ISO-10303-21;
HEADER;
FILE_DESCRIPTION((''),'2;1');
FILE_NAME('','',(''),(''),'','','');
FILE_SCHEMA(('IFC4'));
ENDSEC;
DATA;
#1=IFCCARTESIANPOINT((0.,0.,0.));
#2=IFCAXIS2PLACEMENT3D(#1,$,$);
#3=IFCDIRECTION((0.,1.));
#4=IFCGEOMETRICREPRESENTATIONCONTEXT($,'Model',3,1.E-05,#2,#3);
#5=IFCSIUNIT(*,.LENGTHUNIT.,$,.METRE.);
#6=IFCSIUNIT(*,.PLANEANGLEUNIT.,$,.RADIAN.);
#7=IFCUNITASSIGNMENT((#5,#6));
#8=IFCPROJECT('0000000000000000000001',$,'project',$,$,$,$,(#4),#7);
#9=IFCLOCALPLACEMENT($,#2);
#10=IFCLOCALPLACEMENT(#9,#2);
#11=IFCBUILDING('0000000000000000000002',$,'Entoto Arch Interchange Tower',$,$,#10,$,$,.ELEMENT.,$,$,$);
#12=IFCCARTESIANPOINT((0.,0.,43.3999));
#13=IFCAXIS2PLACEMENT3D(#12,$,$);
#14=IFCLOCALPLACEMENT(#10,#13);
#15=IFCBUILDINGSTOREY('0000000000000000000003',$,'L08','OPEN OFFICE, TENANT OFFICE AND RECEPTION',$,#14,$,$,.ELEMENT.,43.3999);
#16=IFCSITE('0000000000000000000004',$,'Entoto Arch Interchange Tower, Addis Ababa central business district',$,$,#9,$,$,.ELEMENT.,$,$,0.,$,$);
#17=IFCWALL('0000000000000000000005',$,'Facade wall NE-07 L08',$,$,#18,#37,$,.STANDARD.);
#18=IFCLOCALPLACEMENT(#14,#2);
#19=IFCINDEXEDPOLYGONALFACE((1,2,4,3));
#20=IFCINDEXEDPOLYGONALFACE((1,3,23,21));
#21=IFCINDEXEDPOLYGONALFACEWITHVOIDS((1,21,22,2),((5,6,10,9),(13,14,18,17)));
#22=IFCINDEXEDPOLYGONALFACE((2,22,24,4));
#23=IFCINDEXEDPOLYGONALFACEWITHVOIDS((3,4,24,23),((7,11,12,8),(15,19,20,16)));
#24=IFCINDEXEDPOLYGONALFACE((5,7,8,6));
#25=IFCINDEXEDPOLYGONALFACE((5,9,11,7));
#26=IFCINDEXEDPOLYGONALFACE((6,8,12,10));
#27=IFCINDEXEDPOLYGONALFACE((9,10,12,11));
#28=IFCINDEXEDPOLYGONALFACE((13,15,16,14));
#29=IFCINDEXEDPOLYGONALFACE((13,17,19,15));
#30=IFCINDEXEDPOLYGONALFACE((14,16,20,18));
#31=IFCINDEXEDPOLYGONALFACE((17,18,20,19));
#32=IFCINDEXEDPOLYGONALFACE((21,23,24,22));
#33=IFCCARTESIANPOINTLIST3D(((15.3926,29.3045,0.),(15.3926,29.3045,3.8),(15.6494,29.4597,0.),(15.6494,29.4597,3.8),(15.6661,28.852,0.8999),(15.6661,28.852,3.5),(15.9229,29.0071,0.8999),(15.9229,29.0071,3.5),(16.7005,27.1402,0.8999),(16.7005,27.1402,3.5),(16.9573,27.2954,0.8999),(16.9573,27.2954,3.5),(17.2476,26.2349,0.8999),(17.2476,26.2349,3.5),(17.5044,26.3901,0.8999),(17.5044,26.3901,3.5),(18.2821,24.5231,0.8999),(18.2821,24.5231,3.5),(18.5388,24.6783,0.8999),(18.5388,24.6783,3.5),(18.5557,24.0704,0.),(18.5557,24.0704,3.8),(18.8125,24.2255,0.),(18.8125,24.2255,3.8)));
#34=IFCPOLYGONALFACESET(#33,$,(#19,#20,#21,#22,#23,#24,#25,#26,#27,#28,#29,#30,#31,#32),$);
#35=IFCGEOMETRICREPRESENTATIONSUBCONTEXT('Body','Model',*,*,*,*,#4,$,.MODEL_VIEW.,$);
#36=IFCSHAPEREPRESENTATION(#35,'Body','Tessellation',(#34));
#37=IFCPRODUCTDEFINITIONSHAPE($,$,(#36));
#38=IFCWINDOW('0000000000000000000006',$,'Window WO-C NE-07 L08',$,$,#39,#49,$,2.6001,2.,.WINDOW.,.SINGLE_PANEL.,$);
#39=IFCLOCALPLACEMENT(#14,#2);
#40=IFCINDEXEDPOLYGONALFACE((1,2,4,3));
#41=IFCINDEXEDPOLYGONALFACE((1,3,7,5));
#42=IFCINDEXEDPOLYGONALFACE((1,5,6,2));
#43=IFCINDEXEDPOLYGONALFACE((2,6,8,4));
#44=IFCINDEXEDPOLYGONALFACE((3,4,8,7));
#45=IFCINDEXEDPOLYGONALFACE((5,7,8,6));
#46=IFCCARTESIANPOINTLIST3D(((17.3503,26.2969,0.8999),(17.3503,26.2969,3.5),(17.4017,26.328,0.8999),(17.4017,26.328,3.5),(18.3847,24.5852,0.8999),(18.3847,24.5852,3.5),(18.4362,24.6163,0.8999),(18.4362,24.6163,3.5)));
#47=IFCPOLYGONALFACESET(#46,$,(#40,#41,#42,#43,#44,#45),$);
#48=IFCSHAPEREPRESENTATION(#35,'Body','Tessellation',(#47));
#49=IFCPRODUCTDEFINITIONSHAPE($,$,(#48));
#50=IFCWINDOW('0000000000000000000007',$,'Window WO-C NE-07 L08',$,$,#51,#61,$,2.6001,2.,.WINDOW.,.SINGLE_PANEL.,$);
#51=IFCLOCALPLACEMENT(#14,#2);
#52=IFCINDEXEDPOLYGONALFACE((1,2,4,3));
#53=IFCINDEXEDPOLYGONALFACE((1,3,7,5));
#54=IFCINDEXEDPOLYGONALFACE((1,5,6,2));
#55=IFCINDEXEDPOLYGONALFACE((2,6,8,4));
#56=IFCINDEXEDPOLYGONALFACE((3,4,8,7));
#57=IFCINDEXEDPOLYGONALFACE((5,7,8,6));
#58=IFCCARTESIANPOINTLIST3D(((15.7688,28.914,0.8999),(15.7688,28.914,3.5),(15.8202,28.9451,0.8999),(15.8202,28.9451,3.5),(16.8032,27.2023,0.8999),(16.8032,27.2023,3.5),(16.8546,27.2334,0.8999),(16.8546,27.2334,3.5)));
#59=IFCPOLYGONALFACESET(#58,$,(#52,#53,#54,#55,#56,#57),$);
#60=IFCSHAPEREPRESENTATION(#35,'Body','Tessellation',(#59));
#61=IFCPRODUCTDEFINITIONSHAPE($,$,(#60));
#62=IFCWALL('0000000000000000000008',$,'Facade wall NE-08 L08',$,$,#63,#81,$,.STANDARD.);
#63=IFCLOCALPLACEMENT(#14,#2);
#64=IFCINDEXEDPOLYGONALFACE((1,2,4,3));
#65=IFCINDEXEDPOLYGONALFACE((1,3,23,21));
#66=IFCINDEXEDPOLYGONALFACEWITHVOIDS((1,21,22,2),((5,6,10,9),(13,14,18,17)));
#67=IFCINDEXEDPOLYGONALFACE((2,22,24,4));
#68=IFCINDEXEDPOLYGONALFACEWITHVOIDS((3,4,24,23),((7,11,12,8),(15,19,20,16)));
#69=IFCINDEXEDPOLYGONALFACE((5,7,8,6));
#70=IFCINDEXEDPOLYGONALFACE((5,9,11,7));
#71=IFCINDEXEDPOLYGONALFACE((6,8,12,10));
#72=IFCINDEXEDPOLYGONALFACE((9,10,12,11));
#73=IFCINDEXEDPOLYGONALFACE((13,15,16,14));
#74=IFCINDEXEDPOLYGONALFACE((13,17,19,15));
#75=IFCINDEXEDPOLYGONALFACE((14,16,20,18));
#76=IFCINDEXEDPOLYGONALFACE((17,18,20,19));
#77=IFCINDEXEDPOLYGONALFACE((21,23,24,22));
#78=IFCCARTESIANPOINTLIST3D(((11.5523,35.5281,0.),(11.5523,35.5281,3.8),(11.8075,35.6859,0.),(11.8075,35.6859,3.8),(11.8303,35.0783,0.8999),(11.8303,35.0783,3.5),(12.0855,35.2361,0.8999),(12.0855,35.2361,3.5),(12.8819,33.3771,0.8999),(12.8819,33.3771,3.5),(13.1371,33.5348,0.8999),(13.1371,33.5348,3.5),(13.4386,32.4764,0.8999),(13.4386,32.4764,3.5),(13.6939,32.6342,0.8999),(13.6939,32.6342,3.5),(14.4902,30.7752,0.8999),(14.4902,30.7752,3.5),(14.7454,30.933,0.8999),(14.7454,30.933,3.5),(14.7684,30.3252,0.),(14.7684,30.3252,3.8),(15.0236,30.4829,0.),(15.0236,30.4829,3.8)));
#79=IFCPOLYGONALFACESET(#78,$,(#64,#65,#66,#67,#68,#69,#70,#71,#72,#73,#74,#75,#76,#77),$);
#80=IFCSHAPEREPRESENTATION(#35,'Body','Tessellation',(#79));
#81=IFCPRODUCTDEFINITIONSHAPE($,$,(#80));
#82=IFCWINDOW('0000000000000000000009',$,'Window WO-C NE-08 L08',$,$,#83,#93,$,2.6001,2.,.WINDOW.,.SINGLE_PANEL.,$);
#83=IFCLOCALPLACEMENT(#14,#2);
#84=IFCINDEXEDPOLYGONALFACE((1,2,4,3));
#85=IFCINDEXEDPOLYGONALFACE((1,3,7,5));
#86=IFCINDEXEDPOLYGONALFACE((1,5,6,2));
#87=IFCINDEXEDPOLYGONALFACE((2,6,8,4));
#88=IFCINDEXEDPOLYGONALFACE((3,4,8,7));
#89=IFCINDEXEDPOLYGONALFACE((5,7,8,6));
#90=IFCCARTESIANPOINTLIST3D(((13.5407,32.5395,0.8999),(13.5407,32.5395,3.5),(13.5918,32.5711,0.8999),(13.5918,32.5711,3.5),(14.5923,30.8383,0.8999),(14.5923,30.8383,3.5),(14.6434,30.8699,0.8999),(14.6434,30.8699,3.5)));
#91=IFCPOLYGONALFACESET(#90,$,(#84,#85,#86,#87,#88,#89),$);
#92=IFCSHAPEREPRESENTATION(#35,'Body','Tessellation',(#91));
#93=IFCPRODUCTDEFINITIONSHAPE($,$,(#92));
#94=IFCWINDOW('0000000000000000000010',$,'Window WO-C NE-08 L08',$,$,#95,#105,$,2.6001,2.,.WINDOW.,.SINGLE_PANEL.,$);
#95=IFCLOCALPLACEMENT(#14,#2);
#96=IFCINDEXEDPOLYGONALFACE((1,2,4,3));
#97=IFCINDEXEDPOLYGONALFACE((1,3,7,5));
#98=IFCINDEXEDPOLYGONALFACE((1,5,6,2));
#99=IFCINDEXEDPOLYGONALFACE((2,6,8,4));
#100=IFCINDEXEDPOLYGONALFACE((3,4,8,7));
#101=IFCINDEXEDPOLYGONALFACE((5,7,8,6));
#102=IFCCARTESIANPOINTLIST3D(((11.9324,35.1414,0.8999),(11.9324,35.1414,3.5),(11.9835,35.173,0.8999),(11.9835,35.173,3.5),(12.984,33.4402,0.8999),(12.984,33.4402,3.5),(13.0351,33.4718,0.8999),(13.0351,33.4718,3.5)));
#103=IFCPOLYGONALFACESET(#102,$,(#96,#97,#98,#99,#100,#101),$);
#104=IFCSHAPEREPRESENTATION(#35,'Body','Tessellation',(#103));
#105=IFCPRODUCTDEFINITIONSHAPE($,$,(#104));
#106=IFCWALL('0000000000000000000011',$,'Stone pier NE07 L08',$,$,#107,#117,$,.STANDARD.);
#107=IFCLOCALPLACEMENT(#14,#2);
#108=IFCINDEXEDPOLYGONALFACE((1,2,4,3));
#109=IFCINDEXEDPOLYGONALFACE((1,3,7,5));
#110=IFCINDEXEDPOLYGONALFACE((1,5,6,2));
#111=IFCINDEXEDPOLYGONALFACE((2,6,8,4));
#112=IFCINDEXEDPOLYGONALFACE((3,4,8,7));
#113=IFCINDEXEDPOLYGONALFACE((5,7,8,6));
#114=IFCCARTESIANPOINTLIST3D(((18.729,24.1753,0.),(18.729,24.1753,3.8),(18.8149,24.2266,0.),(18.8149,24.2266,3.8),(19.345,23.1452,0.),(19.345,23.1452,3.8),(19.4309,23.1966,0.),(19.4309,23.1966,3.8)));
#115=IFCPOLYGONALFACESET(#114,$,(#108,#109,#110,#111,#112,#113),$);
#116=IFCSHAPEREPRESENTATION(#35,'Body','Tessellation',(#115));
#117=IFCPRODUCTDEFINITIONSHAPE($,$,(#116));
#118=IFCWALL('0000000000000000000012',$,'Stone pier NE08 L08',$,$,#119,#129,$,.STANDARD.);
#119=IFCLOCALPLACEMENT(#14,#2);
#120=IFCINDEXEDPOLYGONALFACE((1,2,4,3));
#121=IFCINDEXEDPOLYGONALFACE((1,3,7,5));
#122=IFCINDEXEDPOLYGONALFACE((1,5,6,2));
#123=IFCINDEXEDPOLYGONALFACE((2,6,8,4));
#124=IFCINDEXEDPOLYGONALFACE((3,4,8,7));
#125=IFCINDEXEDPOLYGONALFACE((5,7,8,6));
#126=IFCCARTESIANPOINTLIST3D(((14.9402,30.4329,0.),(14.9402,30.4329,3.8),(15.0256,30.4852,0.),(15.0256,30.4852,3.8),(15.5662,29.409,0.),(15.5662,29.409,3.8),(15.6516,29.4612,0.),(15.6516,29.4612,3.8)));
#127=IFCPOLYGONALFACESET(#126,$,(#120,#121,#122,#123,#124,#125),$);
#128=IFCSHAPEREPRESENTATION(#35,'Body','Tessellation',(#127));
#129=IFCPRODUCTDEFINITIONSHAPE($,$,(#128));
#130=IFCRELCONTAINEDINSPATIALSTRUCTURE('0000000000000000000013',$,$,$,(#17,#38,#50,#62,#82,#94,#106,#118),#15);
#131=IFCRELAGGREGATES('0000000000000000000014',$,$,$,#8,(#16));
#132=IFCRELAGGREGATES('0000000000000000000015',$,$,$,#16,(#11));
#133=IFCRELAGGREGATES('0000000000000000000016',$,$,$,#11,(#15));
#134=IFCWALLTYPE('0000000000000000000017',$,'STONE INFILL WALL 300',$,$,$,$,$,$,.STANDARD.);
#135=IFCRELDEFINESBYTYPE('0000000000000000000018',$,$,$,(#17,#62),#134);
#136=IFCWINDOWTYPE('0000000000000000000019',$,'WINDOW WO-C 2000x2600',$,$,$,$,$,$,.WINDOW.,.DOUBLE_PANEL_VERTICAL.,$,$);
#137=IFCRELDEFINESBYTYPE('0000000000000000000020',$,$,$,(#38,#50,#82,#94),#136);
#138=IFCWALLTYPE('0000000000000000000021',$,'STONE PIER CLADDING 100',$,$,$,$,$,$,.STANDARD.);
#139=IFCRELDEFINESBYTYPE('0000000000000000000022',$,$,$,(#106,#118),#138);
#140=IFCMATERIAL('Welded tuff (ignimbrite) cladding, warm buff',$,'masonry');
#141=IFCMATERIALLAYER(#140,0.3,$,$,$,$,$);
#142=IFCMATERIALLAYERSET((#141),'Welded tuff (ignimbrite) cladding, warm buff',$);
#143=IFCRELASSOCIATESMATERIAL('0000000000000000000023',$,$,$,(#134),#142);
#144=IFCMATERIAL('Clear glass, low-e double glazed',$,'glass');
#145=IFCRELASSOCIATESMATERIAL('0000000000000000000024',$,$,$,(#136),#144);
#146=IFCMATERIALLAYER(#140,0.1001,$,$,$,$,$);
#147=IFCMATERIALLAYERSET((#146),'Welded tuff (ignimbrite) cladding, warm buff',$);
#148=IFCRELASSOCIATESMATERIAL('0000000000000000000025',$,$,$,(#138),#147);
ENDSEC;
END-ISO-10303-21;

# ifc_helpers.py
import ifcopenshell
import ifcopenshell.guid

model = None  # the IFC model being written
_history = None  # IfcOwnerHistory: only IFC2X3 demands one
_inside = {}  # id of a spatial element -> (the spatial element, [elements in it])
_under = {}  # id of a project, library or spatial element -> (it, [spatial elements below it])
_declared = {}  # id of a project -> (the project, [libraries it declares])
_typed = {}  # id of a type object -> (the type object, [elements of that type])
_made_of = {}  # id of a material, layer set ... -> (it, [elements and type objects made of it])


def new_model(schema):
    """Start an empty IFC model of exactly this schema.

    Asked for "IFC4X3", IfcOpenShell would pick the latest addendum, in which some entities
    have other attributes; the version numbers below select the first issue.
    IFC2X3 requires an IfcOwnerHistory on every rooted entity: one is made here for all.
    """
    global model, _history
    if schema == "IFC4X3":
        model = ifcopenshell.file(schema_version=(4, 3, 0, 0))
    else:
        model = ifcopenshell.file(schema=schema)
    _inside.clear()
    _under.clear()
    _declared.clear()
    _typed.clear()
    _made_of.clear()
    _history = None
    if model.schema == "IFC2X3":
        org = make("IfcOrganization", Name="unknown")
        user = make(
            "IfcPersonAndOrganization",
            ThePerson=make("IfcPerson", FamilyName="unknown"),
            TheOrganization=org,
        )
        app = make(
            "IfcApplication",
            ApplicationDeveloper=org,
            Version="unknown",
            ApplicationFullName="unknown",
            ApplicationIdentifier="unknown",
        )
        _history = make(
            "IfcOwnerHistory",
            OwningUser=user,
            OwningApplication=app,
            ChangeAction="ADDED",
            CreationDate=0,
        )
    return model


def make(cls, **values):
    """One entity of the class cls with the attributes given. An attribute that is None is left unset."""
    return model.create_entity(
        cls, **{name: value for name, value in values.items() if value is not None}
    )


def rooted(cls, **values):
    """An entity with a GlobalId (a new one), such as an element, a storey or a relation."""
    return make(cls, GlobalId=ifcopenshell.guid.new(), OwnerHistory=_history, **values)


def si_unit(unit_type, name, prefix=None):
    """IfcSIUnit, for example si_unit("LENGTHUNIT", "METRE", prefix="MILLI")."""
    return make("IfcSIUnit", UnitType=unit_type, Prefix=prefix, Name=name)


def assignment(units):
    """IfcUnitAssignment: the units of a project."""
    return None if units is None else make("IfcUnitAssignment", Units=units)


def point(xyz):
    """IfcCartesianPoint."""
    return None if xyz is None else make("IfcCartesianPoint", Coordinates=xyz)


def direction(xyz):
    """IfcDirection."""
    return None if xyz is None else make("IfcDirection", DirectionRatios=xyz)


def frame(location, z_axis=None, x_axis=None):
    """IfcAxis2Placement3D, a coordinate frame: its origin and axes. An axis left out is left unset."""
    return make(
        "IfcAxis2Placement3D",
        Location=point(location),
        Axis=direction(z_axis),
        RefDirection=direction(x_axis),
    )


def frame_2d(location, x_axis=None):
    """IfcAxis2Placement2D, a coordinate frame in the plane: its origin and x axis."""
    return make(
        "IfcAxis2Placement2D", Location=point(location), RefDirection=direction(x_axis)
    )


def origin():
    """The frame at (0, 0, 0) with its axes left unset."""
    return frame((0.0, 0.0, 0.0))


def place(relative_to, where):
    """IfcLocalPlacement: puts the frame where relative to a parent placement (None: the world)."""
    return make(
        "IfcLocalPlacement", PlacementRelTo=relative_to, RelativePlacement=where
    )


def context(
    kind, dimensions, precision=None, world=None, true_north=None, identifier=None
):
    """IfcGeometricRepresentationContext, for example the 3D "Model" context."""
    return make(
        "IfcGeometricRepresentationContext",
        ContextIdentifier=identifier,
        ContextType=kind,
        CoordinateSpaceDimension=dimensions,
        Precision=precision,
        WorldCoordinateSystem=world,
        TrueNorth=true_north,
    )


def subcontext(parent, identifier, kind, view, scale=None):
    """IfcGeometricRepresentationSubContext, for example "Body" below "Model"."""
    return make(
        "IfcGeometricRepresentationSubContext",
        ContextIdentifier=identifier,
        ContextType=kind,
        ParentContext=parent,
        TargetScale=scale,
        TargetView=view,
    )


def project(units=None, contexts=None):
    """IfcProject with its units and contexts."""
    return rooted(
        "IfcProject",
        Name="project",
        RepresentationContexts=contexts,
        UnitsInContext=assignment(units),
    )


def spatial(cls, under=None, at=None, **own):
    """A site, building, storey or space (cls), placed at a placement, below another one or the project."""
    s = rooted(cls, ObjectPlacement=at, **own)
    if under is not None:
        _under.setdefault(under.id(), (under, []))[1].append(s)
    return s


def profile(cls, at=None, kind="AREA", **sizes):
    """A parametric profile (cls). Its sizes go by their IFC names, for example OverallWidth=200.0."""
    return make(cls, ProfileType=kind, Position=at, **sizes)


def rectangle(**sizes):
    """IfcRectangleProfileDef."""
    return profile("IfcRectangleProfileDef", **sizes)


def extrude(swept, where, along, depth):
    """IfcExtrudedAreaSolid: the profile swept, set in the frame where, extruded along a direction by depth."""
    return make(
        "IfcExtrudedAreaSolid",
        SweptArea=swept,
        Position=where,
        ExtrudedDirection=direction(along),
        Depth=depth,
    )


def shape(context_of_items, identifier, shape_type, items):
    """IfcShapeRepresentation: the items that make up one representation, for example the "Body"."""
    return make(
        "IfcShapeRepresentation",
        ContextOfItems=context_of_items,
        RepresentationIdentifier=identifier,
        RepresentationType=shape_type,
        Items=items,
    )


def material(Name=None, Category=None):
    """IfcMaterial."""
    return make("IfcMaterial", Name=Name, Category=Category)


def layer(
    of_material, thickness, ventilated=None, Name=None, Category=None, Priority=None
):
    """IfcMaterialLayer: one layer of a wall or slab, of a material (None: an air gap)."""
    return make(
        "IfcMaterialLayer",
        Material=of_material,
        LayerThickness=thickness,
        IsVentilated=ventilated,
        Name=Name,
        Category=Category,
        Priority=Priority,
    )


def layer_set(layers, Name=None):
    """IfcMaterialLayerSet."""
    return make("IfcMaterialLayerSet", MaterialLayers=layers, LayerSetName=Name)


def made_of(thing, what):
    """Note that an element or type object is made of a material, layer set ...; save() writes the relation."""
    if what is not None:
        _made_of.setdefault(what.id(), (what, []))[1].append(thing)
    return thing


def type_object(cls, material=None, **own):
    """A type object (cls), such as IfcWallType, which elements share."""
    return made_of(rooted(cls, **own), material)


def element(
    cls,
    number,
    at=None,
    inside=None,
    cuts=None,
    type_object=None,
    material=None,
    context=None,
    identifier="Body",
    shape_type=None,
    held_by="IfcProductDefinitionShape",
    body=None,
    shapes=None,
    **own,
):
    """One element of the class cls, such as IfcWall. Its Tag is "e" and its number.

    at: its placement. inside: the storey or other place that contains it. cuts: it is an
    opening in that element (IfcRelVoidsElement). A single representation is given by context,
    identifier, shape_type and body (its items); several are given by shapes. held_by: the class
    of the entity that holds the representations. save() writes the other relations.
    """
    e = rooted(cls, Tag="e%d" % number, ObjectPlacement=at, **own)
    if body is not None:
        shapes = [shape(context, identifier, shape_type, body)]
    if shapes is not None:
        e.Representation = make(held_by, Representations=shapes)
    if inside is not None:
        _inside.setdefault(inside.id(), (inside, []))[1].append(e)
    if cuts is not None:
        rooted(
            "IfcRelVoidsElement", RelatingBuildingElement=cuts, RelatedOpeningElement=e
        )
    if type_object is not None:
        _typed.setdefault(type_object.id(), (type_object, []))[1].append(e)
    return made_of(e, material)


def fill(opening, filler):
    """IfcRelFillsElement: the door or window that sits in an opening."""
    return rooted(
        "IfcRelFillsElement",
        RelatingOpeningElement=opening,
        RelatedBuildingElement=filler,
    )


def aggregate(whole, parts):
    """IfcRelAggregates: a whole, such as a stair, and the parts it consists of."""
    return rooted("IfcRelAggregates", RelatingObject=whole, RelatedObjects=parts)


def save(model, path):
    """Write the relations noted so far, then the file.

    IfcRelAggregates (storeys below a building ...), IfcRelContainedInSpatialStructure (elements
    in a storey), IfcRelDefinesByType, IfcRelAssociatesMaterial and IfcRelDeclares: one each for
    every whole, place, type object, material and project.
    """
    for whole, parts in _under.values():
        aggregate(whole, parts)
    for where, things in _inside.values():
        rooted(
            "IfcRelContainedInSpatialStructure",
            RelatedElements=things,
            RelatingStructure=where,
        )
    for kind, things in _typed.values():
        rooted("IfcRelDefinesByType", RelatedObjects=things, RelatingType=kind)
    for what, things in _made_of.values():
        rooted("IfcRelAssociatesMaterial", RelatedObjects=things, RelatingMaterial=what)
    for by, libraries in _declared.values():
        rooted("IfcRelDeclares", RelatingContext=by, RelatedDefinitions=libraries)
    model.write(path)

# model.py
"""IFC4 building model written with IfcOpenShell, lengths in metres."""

from ifc_helpers import new_model, si_unit, direction, frame, frame_2d, origin, place, context, subcontext, project, spatial, rectangle, extrude, material, layer, layer_set, type_object, element, fill, save


model = new_model("IFC4")

# Units and contexts
model_context = context("Model", 3, precision=1e-05, world=origin(), true_north=direction((0.0, 1.0)))
body_context = subcontext(model_context, "Body", "Model", "MODEL_VIEW")
ifc_project = project(units=[si_unit("LENGTHUNIT", "METRE"), si_unit("PLANEANGLEUNIT", "RADIAN")], contexts=[model_context])

# Site, building, storey
site_placement = place(None, origin())
site = spatial("IfcSite", under=ifc_project, at=site_placement, Name="Entoto Arch Interchange Tower, Addis Ababa central business district", CompositionType="ELEMENT", RefElevation=0.0)
building_placement = place(site_placement, origin())
building = spatial("IfcBuilding", under=site, at=building_placement, Name="Entoto Arch Interchange Tower", CompositionType="ELEMENT")
storey_placement = place(building_placement, frame((0.0, 0.0, 43.3999)))
storey = spatial("IfcBuildingStorey", under=building, at=storey_placement, Name="L08", Description="OPEN OFFICE, TENANT OFFICE AND RECEPTION", CompositionType="ELEMENT", Elevation=43.3999)

# Walls, openings, windows
ifc_material_1 = material(Name="Welded tuff (ignimbrite) cladding, warm buff", Category="masonry")
ifc_layer_1 = layer(ifc_material_1, 0.3)
ifc_layer_set_1 = layer_set([ifc_layer_1], Name="Welded tuff (ignimbrite) cladding, warm buff")
wall_type_1 = type_object("IfcWallType", Name="STONE INFILL WALL 300", PredefinedType="STANDARD", material=ifc_layer_set_1)
wall_1_placement = place(storey_placement, frame((18.6841, 24.1479, 0.0), z_axis=(0.0, 0.0, 1.0), x_axis=(-0.517211, 0.855858, 0.0)))
wall_1 = element("IfcWall", 1, at=wall_1_placement, inside=storey, type_object=wall_type_1, Name="Facade wall NE-07 L08", PredefinedType="STANDARD", context=body_context, shape_type="SweptSolid", body=[
    extrude(rectangle(XDim=6.1157, YDim=0.3, at=frame_2d((3.0579, 0.0))), origin(), (0.0, 0.0, 1.0), 3.8),
])
opening_1_placement = place(wall_1_placement, frame((0.5291, 0.0, 0.8999)))
opening_1 = element("IfcOpeningElement", 2, at=opening_1_placement, cuts=wall_1, PredefinedType="OPENING", context=body_context, shape_type="SweptSolid", body=[
    extrude(rectangle(XDim=2.0, YDim=2.6001, at=frame_2d((1.0, 1.3))), frame((0.0, 0.1602, 0.0), z_axis=(0.0, -1.0, 0.0), x_axis=(1.0, 0.0, 0.0)), (0.0, 0.0, 1.0), 0.3201),
])
opening_2_placement = place(wall_1_placement, frame((3.5869, 0.0, 0.8999)))
opening_2 = element("IfcOpeningElement", 3, at=opening_2_placement, cuts=wall_1, PredefinedType="OPENING", context=body_context, shape_type="SweptSolid", body=[
    extrude(rectangle(XDim=2.0, YDim=2.6001, at=frame_2d((1.0, 1.3))), frame((0.0, 0.1602, 0.0), z_axis=(0.0, -1.0, 0.0), x_axis=(1.0, 0.0, 0.0)), (0.0, 0.0, 1.0), 0.3201),
])
ifc_material_2 = material(Name="Clear glass, low-e double glazed", Category="glass")
window_type = type_object("IfcWindowType", Name="WINDOW WO-C 2000x2600", PartitioningType="DOUBLE_PANEL_VERTICAL", PredefinedType="WINDOW", material=ifc_material_2)
window_1_placement = place(opening_1_placement, origin())
window_1 = element("IfcWindow", 4, at=window_1_placement, inside=storey, type_object=window_type, Name="Window WO-C NE-07 L08", OverallHeight=2.6001, OverallWidth=2.0, PartitioningType="SINGLE_PANEL", PredefinedType="WINDOW", context=body_context, shape_type="SweptSolid", body=[
    extrude(rectangle(XDim=2.0, YDim=2.6001, at=frame_2d((1.0, 1.3))), frame((0.0, 0.03, 0.0), z_axis=(0.0, -1.0, 0.0), x_axis=(1.0, 0.0, 0.0)), (0.0, 0.0, 1.0), 0.0601),
])
fill(opening_1, window_1)
window_2_placement = place(opening_2_placement, origin())
window_2 = element("IfcWindow", 5, at=window_2_placement, inside=storey, type_object=window_type, Name="Window WO-C NE-07 L08", OverallHeight=2.6001, OverallWidth=2.0, PartitioningType="SINGLE_PANEL", PredefinedType="WINDOW", context=body_context, shape_type="SweptSolid", body=[
    extrude(rectangle(XDim=2.0, YDim=2.6001, at=frame_2d((1.0, 1.3))), frame((0.0, 0.03, 0.0), z_axis=(0.0, -1.0, 0.0), x_axis=(1.0, 0.0, 0.0)), (0.0, 0.0, 1.0), 0.0601),
])
fill(opening_2, window_2)
wall_2_placement = place(storey_placement, frame((14.896, 30.4041, 0.0), z_axis=(0.0, 0.0, 1.0), x_axis=(-0.525791, 0.850614, 0.0)))
wall_2 = element("IfcWall", 6, at=wall_2_placement, inside=storey, type_object=wall_type_1, Name="Facade wall NE-08 L08", PredefinedType="STANDARD", context=body_context, shape_type="SweptSolid", body=[
    extrude(rectangle(XDim=6.1167, YDim=0.3, at=frame_2d((3.0583, 0.0))), origin(), (0.0, 0.0, 1.0), 3.8),
])
opening_3_placement = place(wall_2_placement, frame((0.5291, 0.0, 0.8999)))
opening_3 = element("IfcOpeningElement", 7, at=opening_3_placement, cuts=wall_2, PredefinedType="OPENING", context=body_context, shape_type="SweptSolid", body=[
    extrude(rectangle(XDim=2.0, YDim=2.6001, at=frame_2d((1.0, 1.3))), frame((0.0, 0.1602, 0.0), z_axis=(0.0, -1.0, 0.0), x_axis=(1.0, 0.0, 0.0)), (0.0, 0.0, 1.0), 0.3201),
])
opening_4_placement = place(wall_2_placement, frame((3.5879, 0.0, 0.8999)))
opening_4 = element("IfcOpeningElement", 8, at=opening_4_placement, cuts=wall_2, PredefinedType="OPENING", context=body_context, shape_type="SweptSolid", body=[
    extrude(rectangle(XDim=2.0, YDim=2.6001, at=frame_2d((1.0, 1.3))), frame((0.0, 0.1602, 0.0), z_axis=(0.0, -1.0, 0.0), x_axis=(1.0, 0.0, 0.0)), (0.0, 0.0, 1.0), 0.3201),
])
window_3_placement = place(opening_3_placement, origin())
window_3 = element("IfcWindow", 9, at=window_3_placement, inside=storey, type_object=window_type, Name="Window WO-C NE-08 L08", OverallHeight=2.6001, OverallWidth=2.0, PartitioningType="SINGLE_PANEL", PredefinedType="WINDOW", context=body_context, shape_type="SweptSolid", body=[
    extrude(rectangle(XDim=2.0, YDim=2.6001, at=frame_2d((1.0, 1.3))), frame((0.0, 0.03, 0.0), z_axis=(0.0, -1.0, 0.0), x_axis=(1.0, 0.0, 0.0)), (0.0, 0.0, 1.0), 0.0601),
])
fill(opening_3, window_3)
window_4_placement = place(opening_4_placement, origin())
window_4 = element("IfcWindow", 10, at=window_4_placement, inside=storey, type_object=window_type, Name="Window WO-C NE-08 L08", OverallHeight=2.6001, OverallWidth=2.0, PartitioningType="SINGLE_PANEL", PredefinedType="WINDOW", context=body_context, shape_type="SweptSolid", body=[
    extrude(rectangle(XDim=2.0, YDim=2.6001, at=frame_2d((1.0, 1.3))), frame((0.0, 0.03, 0.0), z_axis=(0.0, -1.0, 0.0), x_axis=(1.0, 0.0, 0.0)), (0.0, 0.0, 1.0), 0.0601),
])
fill(opening_4, window_4)

# Walls
ifc_layer_2 = layer(ifc_material_1, 0.1001)
ifc_layer_set_2 = layer_set([ifc_layer_2], Name="Welded tuff (ignimbrite) cladding, warm buff")
wall_type_2 = type_object("IfcWallType", Name="STONE PIER CLADDING 100", PredefinedType="STANDARD", material=ifc_layer_set_2)
for number, where, z_axis, x_axis, name in (
    (11, (19.3879, 23.1709, 0.0), (0.0, 0.0, 1.0), (-0.513239, 0.858246, 0.0), "Stone pier NE07 L08"),
    (12, (15.6089, 29.4351, 0.0), (0.0, 0.0, 1.0), (-0.521598, 0.853191, 0.0), "Stone pier NE08 L08"),
):
    element("IfcWall", number, at=place(storey_placement, frame(where, z_axis=z_axis, x_axis=x_axis)), inside=storey, type_object=wall_type_2, Name=name, PredefinedType="STANDARD", context=body_context, shape_type="SweptSolid", body=[
        extrude(rectangle(XDim=1.2002, YDim=0.1001, at=frame_2d((0.6001, 0.0))), origin(), (0.0, 0.0, 1.0), 3.8),
    ])

save(model, "model.ifc")
